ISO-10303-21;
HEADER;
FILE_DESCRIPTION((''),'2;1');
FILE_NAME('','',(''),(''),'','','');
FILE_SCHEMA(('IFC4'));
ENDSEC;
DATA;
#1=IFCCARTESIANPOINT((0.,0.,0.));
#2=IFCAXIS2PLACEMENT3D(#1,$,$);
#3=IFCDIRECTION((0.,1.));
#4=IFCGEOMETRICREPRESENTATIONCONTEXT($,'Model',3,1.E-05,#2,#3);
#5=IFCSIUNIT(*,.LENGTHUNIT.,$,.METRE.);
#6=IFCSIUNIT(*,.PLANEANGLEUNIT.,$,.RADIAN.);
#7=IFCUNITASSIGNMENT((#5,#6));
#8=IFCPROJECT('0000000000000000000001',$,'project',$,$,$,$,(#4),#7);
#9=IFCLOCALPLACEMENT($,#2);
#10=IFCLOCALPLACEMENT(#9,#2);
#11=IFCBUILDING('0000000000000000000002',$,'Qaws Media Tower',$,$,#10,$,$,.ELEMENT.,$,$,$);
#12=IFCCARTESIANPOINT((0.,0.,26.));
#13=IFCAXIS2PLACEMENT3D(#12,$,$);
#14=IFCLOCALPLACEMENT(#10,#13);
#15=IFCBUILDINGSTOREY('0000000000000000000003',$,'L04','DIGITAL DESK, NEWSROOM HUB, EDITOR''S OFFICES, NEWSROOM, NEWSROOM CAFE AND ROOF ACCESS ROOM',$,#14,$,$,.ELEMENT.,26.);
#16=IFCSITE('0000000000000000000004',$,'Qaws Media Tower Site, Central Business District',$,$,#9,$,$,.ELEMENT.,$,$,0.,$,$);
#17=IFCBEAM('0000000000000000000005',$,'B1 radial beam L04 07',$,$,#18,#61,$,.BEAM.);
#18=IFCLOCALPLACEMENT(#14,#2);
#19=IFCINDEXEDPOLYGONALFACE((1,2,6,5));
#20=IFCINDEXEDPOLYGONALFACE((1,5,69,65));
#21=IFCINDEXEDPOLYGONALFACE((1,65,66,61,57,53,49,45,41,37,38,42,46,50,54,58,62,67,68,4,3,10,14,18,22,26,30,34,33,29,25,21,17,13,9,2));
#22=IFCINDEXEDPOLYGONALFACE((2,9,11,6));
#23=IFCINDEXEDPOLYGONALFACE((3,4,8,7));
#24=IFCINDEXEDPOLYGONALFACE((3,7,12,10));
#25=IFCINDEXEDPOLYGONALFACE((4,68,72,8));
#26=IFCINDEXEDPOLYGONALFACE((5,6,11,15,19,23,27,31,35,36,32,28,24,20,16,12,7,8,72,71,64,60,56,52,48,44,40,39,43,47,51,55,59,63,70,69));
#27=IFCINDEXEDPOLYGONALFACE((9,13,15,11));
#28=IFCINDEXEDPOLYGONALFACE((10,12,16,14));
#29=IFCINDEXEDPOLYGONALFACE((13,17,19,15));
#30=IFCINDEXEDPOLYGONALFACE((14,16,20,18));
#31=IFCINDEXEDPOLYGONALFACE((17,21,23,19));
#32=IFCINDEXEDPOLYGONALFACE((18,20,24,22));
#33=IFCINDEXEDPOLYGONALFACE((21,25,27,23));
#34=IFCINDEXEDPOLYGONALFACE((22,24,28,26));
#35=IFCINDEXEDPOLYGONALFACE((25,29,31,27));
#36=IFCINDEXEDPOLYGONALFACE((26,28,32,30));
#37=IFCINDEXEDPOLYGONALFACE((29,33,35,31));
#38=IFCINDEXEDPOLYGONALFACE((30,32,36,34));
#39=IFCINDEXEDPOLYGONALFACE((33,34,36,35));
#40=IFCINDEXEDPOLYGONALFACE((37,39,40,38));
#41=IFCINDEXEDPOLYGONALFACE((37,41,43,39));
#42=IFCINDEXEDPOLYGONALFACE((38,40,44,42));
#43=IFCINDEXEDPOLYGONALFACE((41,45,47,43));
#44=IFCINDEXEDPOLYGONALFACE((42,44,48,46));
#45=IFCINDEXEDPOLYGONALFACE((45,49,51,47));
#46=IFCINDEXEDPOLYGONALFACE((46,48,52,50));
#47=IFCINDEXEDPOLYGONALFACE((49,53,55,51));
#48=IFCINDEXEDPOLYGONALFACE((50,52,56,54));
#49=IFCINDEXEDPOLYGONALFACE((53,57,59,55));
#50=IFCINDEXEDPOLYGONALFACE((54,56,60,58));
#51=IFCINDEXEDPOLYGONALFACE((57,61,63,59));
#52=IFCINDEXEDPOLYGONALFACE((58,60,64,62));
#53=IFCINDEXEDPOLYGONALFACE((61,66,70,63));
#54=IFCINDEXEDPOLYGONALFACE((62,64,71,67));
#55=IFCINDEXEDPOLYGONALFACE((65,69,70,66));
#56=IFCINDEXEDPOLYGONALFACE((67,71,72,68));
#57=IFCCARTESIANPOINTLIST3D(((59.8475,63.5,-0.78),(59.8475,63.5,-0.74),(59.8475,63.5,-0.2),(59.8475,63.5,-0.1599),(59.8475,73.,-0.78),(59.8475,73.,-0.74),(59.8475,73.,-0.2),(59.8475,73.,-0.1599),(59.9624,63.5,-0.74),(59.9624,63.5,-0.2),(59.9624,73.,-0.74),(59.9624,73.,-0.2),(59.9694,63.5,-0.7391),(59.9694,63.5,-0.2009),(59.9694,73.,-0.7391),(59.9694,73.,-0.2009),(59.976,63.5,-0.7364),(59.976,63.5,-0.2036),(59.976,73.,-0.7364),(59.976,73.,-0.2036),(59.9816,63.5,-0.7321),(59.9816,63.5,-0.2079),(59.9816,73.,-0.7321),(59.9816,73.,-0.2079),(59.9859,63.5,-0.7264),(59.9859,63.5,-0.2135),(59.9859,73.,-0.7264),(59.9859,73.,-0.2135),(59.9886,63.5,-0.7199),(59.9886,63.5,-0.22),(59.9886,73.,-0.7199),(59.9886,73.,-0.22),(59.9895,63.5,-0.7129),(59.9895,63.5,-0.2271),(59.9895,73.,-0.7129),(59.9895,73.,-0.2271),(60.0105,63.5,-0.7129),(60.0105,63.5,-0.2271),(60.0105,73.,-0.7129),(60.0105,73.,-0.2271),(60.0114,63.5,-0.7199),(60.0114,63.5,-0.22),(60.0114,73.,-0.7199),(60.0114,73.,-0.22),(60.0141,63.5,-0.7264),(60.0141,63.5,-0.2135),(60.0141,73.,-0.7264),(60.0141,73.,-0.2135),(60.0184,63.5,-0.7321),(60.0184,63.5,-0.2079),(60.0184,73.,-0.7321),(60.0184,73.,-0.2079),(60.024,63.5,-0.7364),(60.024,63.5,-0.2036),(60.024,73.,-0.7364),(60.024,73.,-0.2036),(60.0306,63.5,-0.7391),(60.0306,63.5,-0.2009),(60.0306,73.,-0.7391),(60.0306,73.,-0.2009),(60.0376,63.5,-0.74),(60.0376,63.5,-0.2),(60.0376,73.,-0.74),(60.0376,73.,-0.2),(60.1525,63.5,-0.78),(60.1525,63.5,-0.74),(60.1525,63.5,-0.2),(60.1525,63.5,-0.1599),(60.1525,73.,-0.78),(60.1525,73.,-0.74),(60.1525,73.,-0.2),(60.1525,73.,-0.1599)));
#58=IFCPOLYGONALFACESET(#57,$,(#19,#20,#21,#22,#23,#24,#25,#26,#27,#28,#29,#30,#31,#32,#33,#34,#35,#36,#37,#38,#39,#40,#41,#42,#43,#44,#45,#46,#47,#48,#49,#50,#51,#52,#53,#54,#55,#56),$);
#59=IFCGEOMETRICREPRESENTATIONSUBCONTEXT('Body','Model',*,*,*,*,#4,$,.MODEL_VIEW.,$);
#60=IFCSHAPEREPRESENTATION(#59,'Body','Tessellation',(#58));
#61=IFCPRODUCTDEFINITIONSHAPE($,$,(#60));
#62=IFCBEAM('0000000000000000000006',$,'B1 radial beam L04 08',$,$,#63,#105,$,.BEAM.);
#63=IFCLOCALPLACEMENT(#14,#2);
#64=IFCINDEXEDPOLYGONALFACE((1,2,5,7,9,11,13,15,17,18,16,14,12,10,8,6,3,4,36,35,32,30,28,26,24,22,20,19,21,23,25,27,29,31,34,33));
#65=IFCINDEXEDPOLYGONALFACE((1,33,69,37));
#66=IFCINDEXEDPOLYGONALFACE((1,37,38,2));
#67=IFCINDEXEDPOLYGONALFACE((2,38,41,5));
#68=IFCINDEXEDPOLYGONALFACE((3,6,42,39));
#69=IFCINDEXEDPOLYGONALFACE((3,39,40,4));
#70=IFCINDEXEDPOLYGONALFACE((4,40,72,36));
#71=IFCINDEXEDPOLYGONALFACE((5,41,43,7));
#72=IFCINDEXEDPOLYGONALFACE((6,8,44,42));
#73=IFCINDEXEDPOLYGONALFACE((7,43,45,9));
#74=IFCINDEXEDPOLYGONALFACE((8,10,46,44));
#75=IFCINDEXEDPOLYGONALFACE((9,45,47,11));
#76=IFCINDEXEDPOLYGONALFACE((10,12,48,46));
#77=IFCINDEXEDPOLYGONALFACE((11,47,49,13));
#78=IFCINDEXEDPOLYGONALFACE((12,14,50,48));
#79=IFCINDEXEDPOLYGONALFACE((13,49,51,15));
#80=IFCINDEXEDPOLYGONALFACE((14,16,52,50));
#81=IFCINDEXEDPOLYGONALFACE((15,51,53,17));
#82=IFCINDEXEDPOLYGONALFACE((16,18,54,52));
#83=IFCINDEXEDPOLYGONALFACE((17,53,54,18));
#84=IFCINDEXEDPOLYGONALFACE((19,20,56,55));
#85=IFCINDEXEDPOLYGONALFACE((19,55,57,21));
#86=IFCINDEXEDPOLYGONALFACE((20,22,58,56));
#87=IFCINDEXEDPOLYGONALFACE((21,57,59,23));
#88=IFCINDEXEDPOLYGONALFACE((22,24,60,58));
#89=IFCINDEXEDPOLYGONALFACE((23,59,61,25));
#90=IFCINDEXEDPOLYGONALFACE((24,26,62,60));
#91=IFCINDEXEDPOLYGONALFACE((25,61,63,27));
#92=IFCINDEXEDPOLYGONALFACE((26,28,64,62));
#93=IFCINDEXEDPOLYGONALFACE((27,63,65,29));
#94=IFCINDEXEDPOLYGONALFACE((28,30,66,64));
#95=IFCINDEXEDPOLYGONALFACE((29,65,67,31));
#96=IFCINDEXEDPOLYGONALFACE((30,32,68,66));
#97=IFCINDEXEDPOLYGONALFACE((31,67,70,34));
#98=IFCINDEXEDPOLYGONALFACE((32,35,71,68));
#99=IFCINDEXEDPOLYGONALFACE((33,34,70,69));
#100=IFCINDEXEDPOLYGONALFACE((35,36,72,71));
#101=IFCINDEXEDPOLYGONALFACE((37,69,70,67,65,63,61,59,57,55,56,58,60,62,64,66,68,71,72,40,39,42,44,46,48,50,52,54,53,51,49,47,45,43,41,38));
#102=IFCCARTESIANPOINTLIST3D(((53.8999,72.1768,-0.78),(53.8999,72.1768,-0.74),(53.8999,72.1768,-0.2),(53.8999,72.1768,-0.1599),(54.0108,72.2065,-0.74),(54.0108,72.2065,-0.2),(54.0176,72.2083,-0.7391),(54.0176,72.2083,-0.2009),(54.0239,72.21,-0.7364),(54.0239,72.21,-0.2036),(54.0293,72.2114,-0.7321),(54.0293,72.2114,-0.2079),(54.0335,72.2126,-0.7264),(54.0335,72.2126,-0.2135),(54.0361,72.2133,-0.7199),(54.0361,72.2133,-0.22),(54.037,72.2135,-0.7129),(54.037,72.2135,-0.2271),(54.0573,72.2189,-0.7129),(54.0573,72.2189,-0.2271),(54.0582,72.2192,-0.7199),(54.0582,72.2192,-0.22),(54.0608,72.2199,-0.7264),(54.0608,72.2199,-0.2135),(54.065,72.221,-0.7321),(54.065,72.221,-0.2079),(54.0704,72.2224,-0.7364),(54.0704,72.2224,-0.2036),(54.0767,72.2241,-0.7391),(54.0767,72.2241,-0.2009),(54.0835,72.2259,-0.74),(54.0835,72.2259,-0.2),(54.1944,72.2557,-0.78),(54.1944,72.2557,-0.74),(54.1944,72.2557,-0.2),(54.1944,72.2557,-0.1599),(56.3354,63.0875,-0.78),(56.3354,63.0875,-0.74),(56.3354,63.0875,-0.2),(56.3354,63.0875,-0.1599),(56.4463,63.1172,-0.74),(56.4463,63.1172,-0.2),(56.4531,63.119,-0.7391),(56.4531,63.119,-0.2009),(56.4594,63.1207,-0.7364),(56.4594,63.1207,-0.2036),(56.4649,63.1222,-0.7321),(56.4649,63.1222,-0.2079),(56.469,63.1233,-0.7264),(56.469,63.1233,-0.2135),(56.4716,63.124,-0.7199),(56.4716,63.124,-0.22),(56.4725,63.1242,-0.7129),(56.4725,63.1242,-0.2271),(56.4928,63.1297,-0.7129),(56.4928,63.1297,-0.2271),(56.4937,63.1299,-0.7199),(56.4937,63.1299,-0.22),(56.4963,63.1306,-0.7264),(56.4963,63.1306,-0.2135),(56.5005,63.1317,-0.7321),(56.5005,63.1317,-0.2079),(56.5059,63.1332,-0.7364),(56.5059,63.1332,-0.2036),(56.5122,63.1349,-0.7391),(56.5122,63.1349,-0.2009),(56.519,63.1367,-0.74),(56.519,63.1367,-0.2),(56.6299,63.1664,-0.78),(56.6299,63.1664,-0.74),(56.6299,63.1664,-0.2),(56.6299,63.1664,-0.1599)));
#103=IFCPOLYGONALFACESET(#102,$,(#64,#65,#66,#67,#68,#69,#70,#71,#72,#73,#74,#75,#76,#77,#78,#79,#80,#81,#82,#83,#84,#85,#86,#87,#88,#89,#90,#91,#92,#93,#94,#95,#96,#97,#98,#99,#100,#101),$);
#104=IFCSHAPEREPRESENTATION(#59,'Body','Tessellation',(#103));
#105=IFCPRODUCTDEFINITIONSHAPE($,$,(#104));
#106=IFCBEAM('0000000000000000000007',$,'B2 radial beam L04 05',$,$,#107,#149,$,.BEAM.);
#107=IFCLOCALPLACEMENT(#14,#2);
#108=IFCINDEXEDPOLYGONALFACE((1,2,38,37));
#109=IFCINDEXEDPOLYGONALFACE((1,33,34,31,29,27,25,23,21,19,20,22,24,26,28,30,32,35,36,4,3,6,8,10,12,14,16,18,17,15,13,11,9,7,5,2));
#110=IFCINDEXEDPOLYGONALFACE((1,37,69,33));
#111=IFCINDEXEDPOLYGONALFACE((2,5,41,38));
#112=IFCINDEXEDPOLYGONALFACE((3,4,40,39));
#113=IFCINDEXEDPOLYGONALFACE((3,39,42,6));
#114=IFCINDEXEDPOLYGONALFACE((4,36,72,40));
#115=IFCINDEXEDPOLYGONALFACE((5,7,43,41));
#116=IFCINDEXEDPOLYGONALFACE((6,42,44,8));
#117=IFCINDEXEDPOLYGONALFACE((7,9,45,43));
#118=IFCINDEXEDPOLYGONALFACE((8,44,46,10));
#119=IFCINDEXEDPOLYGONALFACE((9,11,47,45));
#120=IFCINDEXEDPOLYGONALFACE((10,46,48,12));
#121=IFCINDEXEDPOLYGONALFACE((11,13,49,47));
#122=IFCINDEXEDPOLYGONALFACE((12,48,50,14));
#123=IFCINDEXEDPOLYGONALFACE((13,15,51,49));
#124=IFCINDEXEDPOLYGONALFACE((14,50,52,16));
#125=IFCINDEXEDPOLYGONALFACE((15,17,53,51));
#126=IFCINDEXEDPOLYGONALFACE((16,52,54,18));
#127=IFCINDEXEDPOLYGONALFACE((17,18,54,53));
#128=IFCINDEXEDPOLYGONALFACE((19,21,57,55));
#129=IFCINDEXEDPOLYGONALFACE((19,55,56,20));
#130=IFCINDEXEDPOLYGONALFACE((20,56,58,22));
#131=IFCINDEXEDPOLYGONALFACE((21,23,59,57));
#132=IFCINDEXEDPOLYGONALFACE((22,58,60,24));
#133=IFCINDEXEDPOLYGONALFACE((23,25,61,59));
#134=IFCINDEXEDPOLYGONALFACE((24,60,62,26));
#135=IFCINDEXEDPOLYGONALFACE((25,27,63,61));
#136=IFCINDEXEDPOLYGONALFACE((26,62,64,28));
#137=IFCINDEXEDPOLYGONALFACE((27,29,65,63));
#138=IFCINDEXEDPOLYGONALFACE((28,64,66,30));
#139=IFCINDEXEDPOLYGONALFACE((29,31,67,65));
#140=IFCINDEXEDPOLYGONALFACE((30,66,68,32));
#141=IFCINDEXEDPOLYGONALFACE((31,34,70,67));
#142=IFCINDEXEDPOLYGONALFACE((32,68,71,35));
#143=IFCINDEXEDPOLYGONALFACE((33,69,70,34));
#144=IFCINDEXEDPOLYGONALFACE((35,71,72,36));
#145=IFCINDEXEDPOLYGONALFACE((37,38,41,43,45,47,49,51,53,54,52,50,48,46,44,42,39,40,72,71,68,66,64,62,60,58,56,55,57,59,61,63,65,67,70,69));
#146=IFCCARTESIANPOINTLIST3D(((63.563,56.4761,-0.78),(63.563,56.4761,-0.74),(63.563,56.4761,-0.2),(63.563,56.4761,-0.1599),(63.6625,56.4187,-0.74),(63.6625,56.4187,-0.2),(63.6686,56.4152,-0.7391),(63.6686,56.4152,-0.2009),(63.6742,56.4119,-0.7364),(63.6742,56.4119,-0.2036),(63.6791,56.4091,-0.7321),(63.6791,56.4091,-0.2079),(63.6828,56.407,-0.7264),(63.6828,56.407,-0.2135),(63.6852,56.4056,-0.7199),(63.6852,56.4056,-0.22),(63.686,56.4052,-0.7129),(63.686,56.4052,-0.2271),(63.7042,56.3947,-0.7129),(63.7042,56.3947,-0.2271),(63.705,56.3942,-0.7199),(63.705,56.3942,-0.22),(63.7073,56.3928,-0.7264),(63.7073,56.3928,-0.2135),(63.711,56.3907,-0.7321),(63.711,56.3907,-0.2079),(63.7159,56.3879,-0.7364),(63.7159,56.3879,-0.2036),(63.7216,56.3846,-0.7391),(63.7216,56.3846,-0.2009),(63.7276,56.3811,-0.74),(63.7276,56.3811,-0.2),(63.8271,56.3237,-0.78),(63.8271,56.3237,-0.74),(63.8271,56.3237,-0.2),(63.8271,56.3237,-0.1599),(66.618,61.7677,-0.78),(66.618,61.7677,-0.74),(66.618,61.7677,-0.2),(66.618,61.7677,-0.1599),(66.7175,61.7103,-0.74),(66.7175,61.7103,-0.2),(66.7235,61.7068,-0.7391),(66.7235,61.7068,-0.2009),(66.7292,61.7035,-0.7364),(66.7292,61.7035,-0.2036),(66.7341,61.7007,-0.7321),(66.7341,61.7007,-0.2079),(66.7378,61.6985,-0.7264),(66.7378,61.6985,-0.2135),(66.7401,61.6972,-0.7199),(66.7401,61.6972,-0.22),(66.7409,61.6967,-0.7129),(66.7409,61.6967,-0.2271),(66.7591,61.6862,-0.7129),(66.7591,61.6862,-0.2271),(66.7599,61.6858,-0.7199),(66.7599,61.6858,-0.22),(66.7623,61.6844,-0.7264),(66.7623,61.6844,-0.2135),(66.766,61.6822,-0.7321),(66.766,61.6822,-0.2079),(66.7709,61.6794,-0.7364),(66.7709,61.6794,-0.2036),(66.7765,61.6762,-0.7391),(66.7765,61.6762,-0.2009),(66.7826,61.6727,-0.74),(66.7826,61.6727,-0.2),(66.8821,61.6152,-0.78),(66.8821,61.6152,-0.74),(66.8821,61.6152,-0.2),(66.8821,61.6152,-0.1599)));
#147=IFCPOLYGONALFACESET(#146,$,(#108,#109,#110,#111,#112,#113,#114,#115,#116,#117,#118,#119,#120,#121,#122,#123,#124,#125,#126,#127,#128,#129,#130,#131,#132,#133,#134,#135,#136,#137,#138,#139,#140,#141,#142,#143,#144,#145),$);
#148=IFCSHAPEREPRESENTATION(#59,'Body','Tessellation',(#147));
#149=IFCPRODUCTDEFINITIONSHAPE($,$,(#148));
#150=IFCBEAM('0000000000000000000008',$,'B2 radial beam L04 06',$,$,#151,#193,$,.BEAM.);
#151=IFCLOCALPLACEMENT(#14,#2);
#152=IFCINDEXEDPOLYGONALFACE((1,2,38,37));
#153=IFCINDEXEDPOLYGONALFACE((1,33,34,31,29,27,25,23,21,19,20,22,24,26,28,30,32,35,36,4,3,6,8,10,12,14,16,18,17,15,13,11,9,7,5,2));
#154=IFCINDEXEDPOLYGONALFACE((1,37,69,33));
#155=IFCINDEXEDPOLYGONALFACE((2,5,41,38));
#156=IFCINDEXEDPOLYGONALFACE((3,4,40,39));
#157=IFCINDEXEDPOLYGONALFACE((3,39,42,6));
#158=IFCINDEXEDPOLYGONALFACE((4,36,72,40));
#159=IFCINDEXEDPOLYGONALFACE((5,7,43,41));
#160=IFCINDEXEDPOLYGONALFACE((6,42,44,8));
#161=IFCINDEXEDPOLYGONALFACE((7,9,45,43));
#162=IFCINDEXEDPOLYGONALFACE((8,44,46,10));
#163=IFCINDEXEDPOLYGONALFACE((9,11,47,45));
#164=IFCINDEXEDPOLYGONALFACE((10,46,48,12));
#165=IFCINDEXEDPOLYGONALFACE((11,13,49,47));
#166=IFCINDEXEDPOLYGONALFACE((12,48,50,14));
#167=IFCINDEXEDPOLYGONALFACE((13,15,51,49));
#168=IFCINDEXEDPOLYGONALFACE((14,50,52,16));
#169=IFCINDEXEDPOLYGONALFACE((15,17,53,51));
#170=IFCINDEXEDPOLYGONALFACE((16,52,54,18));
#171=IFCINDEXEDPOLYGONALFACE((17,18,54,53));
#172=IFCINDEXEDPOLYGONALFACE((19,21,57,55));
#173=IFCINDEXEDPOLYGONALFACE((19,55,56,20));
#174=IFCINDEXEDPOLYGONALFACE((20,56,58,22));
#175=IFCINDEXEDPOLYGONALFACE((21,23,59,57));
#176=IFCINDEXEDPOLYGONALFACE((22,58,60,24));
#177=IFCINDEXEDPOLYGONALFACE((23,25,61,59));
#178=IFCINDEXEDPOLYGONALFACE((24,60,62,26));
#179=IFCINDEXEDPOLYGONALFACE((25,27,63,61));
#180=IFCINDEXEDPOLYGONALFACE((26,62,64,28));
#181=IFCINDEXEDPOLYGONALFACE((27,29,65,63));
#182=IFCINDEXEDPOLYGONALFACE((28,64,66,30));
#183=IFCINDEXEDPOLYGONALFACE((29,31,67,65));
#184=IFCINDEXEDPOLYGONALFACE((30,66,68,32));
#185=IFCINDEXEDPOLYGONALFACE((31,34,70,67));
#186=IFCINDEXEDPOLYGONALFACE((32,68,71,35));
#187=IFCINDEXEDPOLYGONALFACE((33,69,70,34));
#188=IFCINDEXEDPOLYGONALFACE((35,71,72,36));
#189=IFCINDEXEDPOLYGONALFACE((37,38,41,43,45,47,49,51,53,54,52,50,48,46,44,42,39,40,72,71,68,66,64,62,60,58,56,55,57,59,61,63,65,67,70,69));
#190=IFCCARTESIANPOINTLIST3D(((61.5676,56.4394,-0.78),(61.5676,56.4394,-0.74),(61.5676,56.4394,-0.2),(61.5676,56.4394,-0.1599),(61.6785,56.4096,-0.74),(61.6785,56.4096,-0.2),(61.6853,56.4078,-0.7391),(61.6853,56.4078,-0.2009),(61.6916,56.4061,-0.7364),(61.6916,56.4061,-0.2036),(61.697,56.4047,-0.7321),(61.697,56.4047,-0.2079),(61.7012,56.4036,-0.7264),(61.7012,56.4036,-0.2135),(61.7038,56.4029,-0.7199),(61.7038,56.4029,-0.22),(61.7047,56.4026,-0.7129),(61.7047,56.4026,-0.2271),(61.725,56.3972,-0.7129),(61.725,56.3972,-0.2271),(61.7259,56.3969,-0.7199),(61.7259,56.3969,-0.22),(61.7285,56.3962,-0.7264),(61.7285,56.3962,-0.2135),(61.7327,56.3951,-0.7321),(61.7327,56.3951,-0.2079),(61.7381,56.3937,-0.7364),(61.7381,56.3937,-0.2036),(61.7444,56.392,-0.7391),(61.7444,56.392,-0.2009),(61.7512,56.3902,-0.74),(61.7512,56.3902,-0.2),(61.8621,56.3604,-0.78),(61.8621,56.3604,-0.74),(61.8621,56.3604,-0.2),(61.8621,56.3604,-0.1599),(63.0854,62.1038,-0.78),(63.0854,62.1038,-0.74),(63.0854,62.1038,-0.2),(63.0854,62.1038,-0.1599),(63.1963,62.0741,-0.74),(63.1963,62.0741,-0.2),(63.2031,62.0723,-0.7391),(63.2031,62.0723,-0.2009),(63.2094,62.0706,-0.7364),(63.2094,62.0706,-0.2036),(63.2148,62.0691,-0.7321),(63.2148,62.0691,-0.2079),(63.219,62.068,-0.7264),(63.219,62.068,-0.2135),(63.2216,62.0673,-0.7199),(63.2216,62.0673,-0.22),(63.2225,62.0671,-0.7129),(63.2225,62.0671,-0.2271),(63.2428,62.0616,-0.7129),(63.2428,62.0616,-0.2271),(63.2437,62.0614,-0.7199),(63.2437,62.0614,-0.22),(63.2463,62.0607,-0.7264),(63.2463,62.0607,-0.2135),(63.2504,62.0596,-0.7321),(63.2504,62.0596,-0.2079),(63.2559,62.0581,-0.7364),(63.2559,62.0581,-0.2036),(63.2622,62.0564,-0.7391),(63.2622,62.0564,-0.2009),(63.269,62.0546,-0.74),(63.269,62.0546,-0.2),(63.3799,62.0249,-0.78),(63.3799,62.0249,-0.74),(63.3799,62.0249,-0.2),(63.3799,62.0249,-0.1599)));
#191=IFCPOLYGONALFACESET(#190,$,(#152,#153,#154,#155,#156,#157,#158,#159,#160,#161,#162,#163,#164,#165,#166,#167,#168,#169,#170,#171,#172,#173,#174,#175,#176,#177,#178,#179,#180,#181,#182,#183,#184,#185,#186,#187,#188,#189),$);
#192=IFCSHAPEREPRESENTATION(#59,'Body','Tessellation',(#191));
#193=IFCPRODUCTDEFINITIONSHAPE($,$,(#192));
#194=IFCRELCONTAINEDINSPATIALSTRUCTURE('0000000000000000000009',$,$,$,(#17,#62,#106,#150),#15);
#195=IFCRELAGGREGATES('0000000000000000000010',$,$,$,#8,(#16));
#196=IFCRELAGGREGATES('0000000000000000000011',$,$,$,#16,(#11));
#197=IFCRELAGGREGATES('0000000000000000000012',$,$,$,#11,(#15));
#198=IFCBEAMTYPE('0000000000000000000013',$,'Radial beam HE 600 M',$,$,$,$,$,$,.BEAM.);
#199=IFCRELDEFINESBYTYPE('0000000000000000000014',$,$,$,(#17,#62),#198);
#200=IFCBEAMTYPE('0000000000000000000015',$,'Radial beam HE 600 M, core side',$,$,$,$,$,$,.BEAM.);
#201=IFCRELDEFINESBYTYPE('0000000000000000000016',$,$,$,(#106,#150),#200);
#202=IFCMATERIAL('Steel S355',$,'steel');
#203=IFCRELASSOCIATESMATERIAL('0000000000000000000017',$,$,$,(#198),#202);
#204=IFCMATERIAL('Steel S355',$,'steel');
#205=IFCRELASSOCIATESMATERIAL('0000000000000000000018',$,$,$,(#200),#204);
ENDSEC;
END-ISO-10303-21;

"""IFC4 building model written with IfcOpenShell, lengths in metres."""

from ifc_helpers import new_model, si_unit, direction, frame, origin, origin_2d, place, context, subcontext, project, spatial, i_section, extrude, material, material_profile, profile_set, type_object, element, save


model = new_model("IFC4")

# Units and contexts
model_context = context("Model", 3, precision=1e-05, world=origin(), true_north=direction((0.0, 1.0)))
body_context = subcontext(model_context, "Body", "Model", "MODEL_VIEW")
ifc_project = project(units=[si_unit("LENGTHUNIT", "METRE"), si_unit("PLANEANGLEUNIT", "RADIAN")], contexts=[model_context])

# Site, building, storey
site_placement = place(None, origin())
site = spatial("IfcSite", under=ifc_project, at=site_placement, Name="Qaws Media Tower Site, Central Business District", CompositionType="ELEMENT", RefElevation=0.0)
building_placement = place(site_placement, origin())
building = spatial("IfcBuilding", under=site, at=building_placement, Name="Qaws Media Tower", CompositionType="ELEMENT")
storey_placement = place(building_placement, frame((0.0, 0.0, 26.0)))
storey = spatial("IfcBuildingStorey", under=building, at=storey_placement, Name="L04", Description="DIGITAL DESK, NEWSROOM HUB, EDITOR'S OFFICES, NEWSROOM, NEWSROOM CAFE AND ROOF ACCESS ROOM", CompositionType="ELEMENT", Elevation=26.0)

# Beams
ifc_material_1 = material(Name="Steel S355", Category="steel")
ifc_material_profile_1 = material_profile(ifc_material_1, i_section(OverallWidth=0.3049, OverallDepth=0.6201, WebThickness=0.021, FlangeThickness=0.04, FilletRadius=0.0271, at=origin_2d()), Name="HE 600 M")
ifc_profile_set_1 = profile_set([ifc_material_profile_1], Name="Steel S355")
beam_type_1 = type_object("IfcBeamType", Name="Radial beam HE 600 M", PredefinedType="BEAM", material=ifc_profile_set_1)
beam_1_placement = place(storey_placement, frame((60.0, 63.5, -0.47), z_axis=(0.0, 1.0, 0.0), x_axis=(-1.0, 0.0, 0.0)))
element("IfcBeam", 1, at=beam_1_placement, inside=storey, type_object=beam_type_1, Name="B1 radial beam L04 07", PredefinedType="BEAM", context=body_context, shape_type="SweptSolid", body=[
    extrude(i_section(OverallWidth=0.3049, OverallDepth=0.6201, WebThickness=0.021, FlangeThickness=0.04, FilletRadius=0.0271, at=origin_2d()), origin(), (0.0, 0.0, 1.0), 9.5),
])
beam_2_placement = place(storey_placement, frame((56.4827, 63.127, -0.47), z_axis=(-0.258825, 0.965924, 0.0), x_axis=(-0.965924, -0.258825, 0.0)))
element("IfcBeam", 2, at=beam_2_placement, inside=storey, type_object=beam_type_1, Name="B1 radial beam L04 08", PredefinedType="BEAM", context=body_context, shape_type="SweptSolid", body=[
    extrude(i_section(OverallWidth=0.3049, OverallDepth=0.6201, WebThickness=0.021, FlangeThickness=0.04, FilletRadius=0.0271, at=origin_2d()), origin(), (0.0, 0.0, 1.0), 9.4099),
])
ifc_material_2 = material(Name="Steel S355", Category="steel")
ifc_material_profile_2 = material_profile(ifc_material_2, i_section(OverallWidth=0.3049, OverallDepth=0.6201, WebThickness=0.021, FlangeThickness=0.04, FilletRadius=0.0271, at=origin_2d()), Name="HE 600 M")
ifc_profile_set_2 = profile_set([ifc_material_profile_2], Name="Steel S355")
beam_type_2 = type_object("IfcBeamType", Name="Radial beam HE 600 M, core side", PredefinedType="BEAM", material=ifc_profile_set_2)
beam_3_placement = place(storey_placement, frame((63.6951, 56.3999, -0.47), z_axis=(0.499985, 0.866034, 0.0), x_axis=(-0.866034, 0.499985, 0.0)))
element("IfcBeam", 3, at=beam_3_placement, inside=storey, type_object=beam_type_2, Name="B2 radial beam L04 05", PredefinedType="BEAM", context=body_context, shape_type="SweptSolid", body=[
    extrude(i_section(OverallWidth=0.3049, OverallDepth=0.6201, WebThickness=0.021, FlangeThickness=0.04, FilletRadius=0.0271, at=origin_2d()), origin(), (0.0, 0.0, 1.0), 6.1101),
])
beam_4_placement = place(storey_placement, frame((61.7148, 56.3999, -0.47), z_axis=(0.258821, 0.965925, 0.0), x_axis=(-0.965925, 0.258821, 0.0)))
element("IfcBeam", 4, at=beam_4_placement, inside=storey, type_object=beam_type_2, Name="B2 radial beam L04 06", PredefinedType="BEAM", context=body_context, shape_type="SweptSolid", body=[
    extrude(i_section(OverallWidth=0.3049, OverallDepth=0.6201, WebThickness=0.021, FlangeThickness=0.04, FilletRadius=0.0271, at=origin_2d()), origin(), (0.0, 0.0, 1.0), 5.8643),
])

save(model, "model.ifc")
